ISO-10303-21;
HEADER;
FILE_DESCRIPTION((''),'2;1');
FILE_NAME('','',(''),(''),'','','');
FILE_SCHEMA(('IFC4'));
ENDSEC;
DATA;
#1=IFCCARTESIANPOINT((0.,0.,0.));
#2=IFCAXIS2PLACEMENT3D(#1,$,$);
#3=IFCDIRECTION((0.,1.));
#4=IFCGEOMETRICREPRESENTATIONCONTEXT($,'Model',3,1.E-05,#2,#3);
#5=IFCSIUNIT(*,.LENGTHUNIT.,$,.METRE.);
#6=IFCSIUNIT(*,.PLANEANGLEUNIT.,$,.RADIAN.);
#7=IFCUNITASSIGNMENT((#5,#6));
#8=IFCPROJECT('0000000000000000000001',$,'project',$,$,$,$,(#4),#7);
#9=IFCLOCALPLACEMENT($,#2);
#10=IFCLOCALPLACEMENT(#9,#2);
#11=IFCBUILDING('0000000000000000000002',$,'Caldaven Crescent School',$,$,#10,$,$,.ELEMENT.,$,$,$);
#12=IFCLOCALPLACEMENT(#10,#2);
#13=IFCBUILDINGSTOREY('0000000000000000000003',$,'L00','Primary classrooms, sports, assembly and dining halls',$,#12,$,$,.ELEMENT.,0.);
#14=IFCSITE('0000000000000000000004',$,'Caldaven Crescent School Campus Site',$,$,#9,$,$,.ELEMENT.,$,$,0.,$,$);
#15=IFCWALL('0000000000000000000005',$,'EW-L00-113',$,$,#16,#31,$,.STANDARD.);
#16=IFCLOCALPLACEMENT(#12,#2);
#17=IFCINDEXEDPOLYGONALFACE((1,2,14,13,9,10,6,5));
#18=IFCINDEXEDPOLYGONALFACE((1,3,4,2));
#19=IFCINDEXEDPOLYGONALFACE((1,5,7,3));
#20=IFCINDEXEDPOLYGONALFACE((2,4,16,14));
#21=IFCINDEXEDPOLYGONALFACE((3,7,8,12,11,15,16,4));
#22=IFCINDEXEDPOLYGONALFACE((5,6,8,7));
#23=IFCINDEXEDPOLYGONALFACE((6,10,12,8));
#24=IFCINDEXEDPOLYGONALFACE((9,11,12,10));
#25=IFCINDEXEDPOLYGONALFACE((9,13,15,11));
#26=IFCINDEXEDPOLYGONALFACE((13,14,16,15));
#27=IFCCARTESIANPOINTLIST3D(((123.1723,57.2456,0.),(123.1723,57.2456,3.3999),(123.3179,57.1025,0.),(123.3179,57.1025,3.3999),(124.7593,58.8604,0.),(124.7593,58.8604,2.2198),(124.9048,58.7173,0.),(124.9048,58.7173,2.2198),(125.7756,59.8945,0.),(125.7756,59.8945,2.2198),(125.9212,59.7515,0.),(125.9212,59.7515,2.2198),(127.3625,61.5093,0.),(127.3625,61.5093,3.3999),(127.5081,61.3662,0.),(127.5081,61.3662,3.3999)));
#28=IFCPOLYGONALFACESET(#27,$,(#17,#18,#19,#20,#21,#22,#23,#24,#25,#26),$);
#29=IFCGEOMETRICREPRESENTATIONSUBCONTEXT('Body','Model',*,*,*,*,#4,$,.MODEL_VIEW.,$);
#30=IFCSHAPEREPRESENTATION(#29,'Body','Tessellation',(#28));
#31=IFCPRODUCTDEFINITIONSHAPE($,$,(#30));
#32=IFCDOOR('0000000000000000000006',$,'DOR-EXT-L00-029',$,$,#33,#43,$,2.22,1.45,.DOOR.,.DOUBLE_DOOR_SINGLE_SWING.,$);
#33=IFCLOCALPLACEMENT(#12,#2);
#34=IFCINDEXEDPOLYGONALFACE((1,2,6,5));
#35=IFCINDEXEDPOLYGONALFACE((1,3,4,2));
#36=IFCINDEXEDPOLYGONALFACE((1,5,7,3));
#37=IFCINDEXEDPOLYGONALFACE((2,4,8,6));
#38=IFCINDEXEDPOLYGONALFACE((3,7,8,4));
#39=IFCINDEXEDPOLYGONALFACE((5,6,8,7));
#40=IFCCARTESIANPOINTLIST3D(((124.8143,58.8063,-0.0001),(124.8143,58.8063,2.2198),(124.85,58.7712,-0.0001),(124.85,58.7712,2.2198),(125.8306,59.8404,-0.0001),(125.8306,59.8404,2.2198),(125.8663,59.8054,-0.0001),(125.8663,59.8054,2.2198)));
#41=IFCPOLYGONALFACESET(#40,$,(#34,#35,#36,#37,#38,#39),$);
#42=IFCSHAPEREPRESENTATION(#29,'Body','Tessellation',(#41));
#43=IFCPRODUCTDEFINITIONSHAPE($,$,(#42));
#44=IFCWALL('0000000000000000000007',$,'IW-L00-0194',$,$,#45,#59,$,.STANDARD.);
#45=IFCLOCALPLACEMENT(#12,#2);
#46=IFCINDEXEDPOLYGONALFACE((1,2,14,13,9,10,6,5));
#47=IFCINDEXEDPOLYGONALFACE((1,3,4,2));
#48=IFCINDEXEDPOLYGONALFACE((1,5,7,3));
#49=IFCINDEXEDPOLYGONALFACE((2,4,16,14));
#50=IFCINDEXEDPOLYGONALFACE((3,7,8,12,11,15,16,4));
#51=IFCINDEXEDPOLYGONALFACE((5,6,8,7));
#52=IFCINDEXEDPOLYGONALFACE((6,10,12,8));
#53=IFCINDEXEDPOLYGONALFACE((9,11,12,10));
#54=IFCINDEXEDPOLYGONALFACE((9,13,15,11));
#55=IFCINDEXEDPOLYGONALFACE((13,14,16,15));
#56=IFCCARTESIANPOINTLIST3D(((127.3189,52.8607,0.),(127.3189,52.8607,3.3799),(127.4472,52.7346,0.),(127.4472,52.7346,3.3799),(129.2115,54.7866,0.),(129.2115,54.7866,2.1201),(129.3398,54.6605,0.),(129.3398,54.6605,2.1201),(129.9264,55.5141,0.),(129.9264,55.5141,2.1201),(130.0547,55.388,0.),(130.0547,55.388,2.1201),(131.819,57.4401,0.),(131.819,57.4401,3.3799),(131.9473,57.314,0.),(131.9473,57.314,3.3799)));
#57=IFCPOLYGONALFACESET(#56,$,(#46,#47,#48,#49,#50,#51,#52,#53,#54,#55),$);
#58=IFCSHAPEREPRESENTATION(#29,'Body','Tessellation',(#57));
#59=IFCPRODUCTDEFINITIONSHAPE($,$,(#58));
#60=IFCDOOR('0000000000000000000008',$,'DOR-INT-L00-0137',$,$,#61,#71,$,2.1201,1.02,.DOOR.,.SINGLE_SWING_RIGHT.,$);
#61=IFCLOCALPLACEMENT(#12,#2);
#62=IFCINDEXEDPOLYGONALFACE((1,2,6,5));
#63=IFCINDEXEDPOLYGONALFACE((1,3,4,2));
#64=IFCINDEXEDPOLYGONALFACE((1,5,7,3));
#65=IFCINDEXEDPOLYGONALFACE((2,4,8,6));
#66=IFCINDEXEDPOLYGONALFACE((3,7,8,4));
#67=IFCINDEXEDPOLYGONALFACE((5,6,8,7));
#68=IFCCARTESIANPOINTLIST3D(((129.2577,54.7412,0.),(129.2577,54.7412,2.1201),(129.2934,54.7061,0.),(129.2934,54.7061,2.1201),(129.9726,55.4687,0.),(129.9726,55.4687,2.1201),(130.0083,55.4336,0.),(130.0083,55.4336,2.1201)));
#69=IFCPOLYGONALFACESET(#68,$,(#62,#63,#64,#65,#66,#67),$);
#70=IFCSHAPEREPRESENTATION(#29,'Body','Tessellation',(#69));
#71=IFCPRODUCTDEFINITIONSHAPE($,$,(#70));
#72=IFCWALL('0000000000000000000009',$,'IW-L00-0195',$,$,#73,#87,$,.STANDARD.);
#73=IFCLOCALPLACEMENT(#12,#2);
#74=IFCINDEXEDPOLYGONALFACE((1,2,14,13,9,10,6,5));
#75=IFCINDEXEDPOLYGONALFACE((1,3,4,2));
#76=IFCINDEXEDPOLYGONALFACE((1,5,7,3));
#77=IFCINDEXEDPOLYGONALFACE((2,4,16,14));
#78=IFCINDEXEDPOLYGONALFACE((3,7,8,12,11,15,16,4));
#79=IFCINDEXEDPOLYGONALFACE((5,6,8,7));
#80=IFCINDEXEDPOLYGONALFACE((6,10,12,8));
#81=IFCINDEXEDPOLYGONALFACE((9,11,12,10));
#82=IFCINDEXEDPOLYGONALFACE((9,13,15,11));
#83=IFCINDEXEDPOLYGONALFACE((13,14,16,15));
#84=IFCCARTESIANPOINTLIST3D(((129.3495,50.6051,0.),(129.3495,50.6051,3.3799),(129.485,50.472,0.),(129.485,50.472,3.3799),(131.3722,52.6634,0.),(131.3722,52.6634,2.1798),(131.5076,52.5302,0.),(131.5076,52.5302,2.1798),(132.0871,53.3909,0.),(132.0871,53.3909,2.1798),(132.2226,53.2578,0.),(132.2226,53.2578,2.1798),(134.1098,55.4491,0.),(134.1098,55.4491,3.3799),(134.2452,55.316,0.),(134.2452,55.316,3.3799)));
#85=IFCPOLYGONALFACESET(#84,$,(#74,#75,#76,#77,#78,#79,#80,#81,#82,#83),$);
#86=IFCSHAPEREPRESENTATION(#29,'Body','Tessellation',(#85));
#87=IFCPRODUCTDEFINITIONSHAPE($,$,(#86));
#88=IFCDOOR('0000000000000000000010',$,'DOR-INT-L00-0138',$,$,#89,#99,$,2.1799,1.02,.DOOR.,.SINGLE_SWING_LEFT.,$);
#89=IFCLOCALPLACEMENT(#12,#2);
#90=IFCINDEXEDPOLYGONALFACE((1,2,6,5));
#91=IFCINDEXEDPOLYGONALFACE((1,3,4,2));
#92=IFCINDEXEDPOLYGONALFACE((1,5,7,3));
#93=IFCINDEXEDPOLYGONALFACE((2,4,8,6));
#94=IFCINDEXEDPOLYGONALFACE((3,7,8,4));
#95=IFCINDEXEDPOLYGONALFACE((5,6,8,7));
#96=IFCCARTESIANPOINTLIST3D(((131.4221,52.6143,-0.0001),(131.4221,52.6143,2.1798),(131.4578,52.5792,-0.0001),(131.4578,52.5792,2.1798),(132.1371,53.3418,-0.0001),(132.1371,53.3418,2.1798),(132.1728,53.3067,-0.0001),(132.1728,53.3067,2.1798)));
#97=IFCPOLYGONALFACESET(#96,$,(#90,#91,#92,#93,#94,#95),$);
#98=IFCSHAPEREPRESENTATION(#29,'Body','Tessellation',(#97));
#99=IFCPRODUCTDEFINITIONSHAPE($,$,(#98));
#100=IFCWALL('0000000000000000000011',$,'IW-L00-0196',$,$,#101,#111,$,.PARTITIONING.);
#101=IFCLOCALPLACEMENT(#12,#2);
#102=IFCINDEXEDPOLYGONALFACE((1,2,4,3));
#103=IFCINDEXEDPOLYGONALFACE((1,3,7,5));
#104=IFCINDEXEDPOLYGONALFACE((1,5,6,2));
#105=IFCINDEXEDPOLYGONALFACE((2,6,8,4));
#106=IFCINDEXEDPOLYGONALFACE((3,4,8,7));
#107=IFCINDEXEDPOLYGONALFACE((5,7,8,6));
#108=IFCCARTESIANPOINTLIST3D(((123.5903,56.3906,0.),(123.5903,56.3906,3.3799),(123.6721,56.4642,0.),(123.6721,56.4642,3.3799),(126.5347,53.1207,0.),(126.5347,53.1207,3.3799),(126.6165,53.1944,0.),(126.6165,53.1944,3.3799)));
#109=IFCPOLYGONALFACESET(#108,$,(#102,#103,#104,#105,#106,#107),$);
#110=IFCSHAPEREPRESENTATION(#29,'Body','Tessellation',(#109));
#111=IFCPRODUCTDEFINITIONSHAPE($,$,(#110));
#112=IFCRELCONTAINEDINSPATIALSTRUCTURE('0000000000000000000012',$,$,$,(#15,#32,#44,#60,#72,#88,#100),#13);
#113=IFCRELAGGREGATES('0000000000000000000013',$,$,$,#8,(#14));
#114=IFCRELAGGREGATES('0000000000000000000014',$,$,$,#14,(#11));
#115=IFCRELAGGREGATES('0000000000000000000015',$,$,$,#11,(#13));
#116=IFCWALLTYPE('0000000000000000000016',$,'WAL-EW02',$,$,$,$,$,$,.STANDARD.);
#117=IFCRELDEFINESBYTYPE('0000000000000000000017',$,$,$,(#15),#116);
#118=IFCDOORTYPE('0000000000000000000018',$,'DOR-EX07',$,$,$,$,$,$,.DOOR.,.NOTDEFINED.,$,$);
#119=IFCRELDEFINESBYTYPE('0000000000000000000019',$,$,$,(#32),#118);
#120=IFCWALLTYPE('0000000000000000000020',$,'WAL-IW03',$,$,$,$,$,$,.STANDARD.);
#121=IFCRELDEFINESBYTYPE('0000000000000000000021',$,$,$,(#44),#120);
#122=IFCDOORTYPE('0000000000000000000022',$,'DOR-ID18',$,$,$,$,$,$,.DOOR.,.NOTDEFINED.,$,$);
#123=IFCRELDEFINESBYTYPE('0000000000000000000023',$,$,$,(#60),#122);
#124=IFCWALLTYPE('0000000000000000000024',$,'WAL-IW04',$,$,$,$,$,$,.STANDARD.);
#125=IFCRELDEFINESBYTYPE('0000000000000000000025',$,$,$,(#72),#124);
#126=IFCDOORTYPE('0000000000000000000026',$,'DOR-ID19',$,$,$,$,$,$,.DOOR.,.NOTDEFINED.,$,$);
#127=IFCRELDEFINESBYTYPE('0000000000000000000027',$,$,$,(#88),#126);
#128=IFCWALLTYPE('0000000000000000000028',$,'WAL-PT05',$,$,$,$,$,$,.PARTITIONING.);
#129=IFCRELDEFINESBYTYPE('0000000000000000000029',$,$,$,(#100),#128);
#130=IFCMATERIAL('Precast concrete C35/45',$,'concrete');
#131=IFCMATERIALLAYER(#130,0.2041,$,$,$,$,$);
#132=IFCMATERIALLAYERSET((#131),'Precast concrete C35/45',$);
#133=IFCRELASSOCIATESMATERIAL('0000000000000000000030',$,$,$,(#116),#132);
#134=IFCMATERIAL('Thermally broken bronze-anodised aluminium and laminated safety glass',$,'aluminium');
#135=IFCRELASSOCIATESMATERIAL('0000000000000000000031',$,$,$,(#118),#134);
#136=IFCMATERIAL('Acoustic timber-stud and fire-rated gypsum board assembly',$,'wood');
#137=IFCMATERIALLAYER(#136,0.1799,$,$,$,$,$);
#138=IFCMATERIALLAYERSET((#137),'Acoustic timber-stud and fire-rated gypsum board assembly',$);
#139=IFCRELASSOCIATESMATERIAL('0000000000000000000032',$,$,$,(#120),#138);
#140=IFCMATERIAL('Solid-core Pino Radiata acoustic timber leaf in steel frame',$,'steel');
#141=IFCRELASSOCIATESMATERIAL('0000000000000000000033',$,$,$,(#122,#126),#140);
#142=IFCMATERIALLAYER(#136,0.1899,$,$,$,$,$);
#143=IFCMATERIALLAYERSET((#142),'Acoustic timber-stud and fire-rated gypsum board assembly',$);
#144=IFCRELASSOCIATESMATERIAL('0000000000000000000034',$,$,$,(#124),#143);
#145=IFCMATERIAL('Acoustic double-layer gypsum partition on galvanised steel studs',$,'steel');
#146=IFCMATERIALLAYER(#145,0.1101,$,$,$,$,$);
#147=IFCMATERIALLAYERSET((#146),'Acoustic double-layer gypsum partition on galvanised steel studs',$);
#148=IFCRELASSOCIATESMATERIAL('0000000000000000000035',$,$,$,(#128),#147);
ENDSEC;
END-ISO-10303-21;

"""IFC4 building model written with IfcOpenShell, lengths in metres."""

from ifc_helpers import new_model, si_unit, direction, frame, frame_2d, origin, place, context, subcontext, project, spatial, rectangle, extrude, material, layer, layer_set, type_object, element, fill, save


model = new_model("IFC4")

# Units and contexts
model_context = context("Model", 3, precision=1e-05, world=origin(), true_north=direction((0.0, 1.0)))
body_context = subcontext(model_context, "Body", "Model", "MODEL_VIEW")
ifc_project = project(units=[si_unit("LENGTHUNIT", "METRE"), si_unit("PLANEANGLEUNIT", "RADIAN")], contexts=[model_context])

# Site, building, storey
site_placement = place(None, origin())
site = spatial("IfcSite", under=ifc_project, at=site_placement, Name="Caldaven Crescent School Campus Site", CompositionType="ELEMENT", RefElevation=0.0)
building_placement = place(site_placement, origin())
building = spatial("IfcBuilding", under=site, at=building_placement, Name="Caldaven Crescent School", CompositionType="ELEMENT")
storey_placement = place(building_placement, origin())
storey = spatial("IfcBuildingStorey", under=building, at=storey_placement, Name="L00", Description="Primary classrooms, sports, assembly and dining halls", CompositionType="ELEMENT", Elevation=0.0)

# Walls, openings, doors
ifc_material_1 = material(Name="Precast concrete C35/45", Category="concrete")
ifc_layer_1 = layer(ifc_material_1, 0.2041)
ifc_layer_set_1 = layer_set([ifc_layer_1], Name="Precast concrete C35/45")
wall_type_1 = type_object("IfcWallType", Name="WAL-EW02", PredefinedType="STANDARD", material=ifc_layer_set_1)
wall_1_placement = place(storey_placement, frame((123.2451, 57.1741, 0.0), z_axis=(0.0, 0.0, 1.0), x_axis=(0.700934, 0.713226, 0.0)))
wall_1 = element("IfcWall", 1, at=wall_1_placement, inside=storey, type_object=wall_type_1, Name="EW-L00-113", PredefinedType="STANDARD", context=body_context, shape_type="SweptSolid", body=[
    extrude(rectangle(XDim=5.978, YDim=0.2041, at=frame_2d((2.989, 0.0))), origin(), (0.0, 0.0, 1.0), 3.3999),
])
opening_1_placement = place(wall_1_placement, frame((2.2639, 0.0, 0.0)))
opening_1 = element("IfcOpeningElement", 2, at=opening_1_placement, cuts=wall_1, PredefinedType="OPENING", context=body_context, shape_type="SweptSolid", body=[
    extrude(rectangle(XDim=1.45, YDim=2.22, at=frame_2d((0.7251, 1.1099))), frame((0.0, 0.1121, 0.0), z_axis=(0.0, -1.0, 0.0), x_axis=(1.0, 0.0, 0.0)), (0.0, 0.0, 1.0), 0.2241),
])
ifc_material_2 = material(Name="Thermally broken bronze-anodised aluminium and laminated safety glass", Category="aluminium")
door_type_1 = type_object("IfcDoorType", Name="DOR-EX07", OperationType="NOTDEFINED", PredefinedType="DOOR", material=ifc_material_2)
door_1_placement = place(opening_1_placement, origin())
door_1 = element("IfcDoor", 3, at=door_1_placement, inside=storey, type_object=door_type_1, Name="DOR-EXT-L00-029", OperationType="DOUBLE_DOOR_SINGLE_SWING", OverallHeight=2.22, OverallWidth=1.45, PredefinedType="DOOR", context=body_context, shape_type="SweptSolid", body=[
    extrude(rectangle(XDim=1.45, YDim=2.22, at=frame_2d((0.7251, 1.1099))), frame((0.0, 0.0249, 0.0), z_axis=(0.0, -1.0, 0.0), x_axis=(1.0, 0.0, 0.0)), (0.0, 0.0, 1.0), 0.05),
])
fill(opening_1, door_1)
ifc_material_3 = material(Name="Acoustic timber-stud and fire-rated gypsum board assembly", Category="wood")
ifc_layer_2 = layer(ifc_material_3, 0.1799)
ifc_layer_set_2 = layer_set([ifc_layer_2], Name="Acoustic timber-stud and fire-rated gypsum board assembly")
wall_type_2 = type_object("IfcWallType", Name="WAL-IW03", PredefinedType="STANDARD", material=ifc_layer_set_2)
wall_2_placement = place(storey_placement, frame((127.3831, 52.7976, 0.0), z_axis=(0.0, 0.0, 1.0), x_axis=(0.700901, 0.713259, 0.0)))
wall_2 = element("IfcWall", 4, at=wall_2_placement, inside=storey, type_object=wall_type_2, Name="IW-L00-0194", PredefinedType="STANDARD", context=body_context, shape_type="SweptSolid", body=[
    extrude(rectangle(XDim=6.4204, YDim=0.1799, at=frame_2d((3.2102, 0.0))), origin(), (0.0, 0.0, 1.0), 3.3799),
])
opening_2_placement = place(wall_2_placement, frame((2.7002, 0.0, 0.0)))
opening_2 = element("IfcOpeningElement", 5, at=opening_2_placement, cuts=wall_2, PredefinedType="OPENING", context=body_context, shape_type="SweptSolid", body=[
    extrude(rectangle(XDim=1.02, YDim=2.1201, at=frame_2d((0.51, 1.0601))), frame((0.0, 0.0999, 0.0), z_axis=(0.0, -1.0, 0.0), x_axis=(1.0, 0.0, 0.0)), (0.0, 0.0, 1.0), 0.2),
])
ifc_material_4 = material(Name="Solid-core Pino Radiata acoustic timber leaf in steel frame", Category="steel")
door_type_2 = type_object("IfcDoorType", Name="DOR-ID18", OperationType="NOTDEFINED", PredefinedType="DOOR", material=ifc_material_4)
door_2_placement = place(opening_2_placement, frame((1.02, 0.0, 0.0), z_axis=(0.0, 0.0, 1.0), x_axis=(-1.0, 0.0, 0.0)))
door_2 = element("IfcDoor", 6, at=door_2_placement, inside=storey, type_object=door_type_2, Name="DOR-INT-L00-0137", OperationType="SINGLE_SWING_RIGHT", OverallHeight=2.1201, OverallWidth=1.02, PredefinedType="DOOR", context=body_context, shape_type="SweptSolid", body=[
    extrude(rectangle(XDim=1.02, YDim=2.1201, at=frame_2d((0.51, 1.0601))), frame((0.0, 0.0249, 0.0), z_axis=(0.0, -1.0, 0.0), x_axis=(1.0, 0.0, 0.0)), (0.0, 0.0, 1.0), 0.05),
])
fill(opening_2, door_2)
ifc_layer_3 = layer(ifc_material_3, 0.1899)
ifc_layer_set_3 = layer_set([ifc_layer_3], Name="Acoustic timber-stud and fire-rated gypsum board assembly")
wall_type_3 = type_object("IfcWallType", Name="WAL-IW04", PredefinedType="STANDARD", material=ifc_layer_set_3)
wall_3_placement = place(storey_placement, frame((129.4172, 50.5386, 0.0), z_axis=(0.0, 0.0, 1.0), x_axis=(0.700915, 0.713245, 0.0)))
wall_3 = element("IfcWall", 7, at=wall_3_placement, inside=storey, type_object=wall_type_3, Name="IW-L00-0195", PredefinedType="STANDARD", context=body_context, shape_type="SweptSolid", body=[
    extrude(rectangle(XDim=6.7915, YDim=0.1899, at=frame_2d((3.3958, 0.0))), origin(), (0.0, 0.0, 1.0), 3.3799),
])
opening_3_placement = place(wall_3_placement, frame((2.8857, 0.0, 0.0)))
opening_3 = element("IfcOpeningElement", 8, at=opening_3_placement, cuts=wall_3, PredefinedType="OPENING", context=body_context, shape_type="SweptSolid", body=[
    extrude(rectangle(XDim=1.02, YDim=2.1799, at=frame_2d((0.51, 1.0898))), frame((0.0, 0.105, 0.0), z_axis=(0.0, -1.0, 0.0), x_axis=(1.0, 0.0, 0.0)), (0.0, 0.0, 1.0), 0.21),
])
door_type_3 = type_object("IfcDoorType", Name="DOR-ID19", OperationType="NOTDEFINED", PredefinedType="DOOR", material=ifc_material_4)
door_3_placement = place(opening_3_placement, origin())
door_3 = element("IfcDoor", 9, at=door_3_placement, inside=storey, type_object=door_type_3, Name="DOR-INT-L00-0138", OperationType="SINGLE_SWING_LEFT", OverallHeight=2.1799, OverallWidth=1.02, PredefinedType="DOOR", context=body_context, shape_type="SweptSolid", body=[
    extrude(rectangle(XDim=1.02, YDim=2.1799, at=frame_2d((0.51, 1.0898))), frame((0.0, 0.0249, 0.0), z_axis=(0.0, -1.0, 0.0), x_axis=(1.0, 0.0, 0.0)), (0.0, 0.0, 1.0), 0.05),
])
fill(opening_3, door_3)

# Wall
ifc_material_5 = material(Name="Acoustic double-layer gypsum partition on galvanised steel studs", Category="steel")
ifc_layer_4 = layer(ifc_material_5, 0.1101)
ifc_layer_set_4 = layer_set([ifc_layer_4], Name="Acoustic double-layer gypsum partition on galvanised steel studs")
wall_type_4 = type_object("IfcWallType", Name="WAL-PT05", PredefinedType="PARTITIONING", material=ifc_layer_set_4)
wall_4_placement = place(storey_placement, frame((123.6311, 56.4275, 0.0), z_axis=(0.0, 0.0, 1.0), x_axis=(0.669158, -0.74312, 0.0)))
element("IfcWall", 10, at=wall_4_placement, inside=storey, type_object=wall_type_4, Name="IW-L00-0196", PredefinedType="PARTITIONING", context=body_context, shape_type="SweptSolid", body=[
    extrude(rectangle(XDim=4.4001, YDim=0.1101, at=frame_2d((2.2002, 0.0))), origin(), (0.0, 0.0, 1.0), 3.3799),
])

save(model, "model.ifc")
